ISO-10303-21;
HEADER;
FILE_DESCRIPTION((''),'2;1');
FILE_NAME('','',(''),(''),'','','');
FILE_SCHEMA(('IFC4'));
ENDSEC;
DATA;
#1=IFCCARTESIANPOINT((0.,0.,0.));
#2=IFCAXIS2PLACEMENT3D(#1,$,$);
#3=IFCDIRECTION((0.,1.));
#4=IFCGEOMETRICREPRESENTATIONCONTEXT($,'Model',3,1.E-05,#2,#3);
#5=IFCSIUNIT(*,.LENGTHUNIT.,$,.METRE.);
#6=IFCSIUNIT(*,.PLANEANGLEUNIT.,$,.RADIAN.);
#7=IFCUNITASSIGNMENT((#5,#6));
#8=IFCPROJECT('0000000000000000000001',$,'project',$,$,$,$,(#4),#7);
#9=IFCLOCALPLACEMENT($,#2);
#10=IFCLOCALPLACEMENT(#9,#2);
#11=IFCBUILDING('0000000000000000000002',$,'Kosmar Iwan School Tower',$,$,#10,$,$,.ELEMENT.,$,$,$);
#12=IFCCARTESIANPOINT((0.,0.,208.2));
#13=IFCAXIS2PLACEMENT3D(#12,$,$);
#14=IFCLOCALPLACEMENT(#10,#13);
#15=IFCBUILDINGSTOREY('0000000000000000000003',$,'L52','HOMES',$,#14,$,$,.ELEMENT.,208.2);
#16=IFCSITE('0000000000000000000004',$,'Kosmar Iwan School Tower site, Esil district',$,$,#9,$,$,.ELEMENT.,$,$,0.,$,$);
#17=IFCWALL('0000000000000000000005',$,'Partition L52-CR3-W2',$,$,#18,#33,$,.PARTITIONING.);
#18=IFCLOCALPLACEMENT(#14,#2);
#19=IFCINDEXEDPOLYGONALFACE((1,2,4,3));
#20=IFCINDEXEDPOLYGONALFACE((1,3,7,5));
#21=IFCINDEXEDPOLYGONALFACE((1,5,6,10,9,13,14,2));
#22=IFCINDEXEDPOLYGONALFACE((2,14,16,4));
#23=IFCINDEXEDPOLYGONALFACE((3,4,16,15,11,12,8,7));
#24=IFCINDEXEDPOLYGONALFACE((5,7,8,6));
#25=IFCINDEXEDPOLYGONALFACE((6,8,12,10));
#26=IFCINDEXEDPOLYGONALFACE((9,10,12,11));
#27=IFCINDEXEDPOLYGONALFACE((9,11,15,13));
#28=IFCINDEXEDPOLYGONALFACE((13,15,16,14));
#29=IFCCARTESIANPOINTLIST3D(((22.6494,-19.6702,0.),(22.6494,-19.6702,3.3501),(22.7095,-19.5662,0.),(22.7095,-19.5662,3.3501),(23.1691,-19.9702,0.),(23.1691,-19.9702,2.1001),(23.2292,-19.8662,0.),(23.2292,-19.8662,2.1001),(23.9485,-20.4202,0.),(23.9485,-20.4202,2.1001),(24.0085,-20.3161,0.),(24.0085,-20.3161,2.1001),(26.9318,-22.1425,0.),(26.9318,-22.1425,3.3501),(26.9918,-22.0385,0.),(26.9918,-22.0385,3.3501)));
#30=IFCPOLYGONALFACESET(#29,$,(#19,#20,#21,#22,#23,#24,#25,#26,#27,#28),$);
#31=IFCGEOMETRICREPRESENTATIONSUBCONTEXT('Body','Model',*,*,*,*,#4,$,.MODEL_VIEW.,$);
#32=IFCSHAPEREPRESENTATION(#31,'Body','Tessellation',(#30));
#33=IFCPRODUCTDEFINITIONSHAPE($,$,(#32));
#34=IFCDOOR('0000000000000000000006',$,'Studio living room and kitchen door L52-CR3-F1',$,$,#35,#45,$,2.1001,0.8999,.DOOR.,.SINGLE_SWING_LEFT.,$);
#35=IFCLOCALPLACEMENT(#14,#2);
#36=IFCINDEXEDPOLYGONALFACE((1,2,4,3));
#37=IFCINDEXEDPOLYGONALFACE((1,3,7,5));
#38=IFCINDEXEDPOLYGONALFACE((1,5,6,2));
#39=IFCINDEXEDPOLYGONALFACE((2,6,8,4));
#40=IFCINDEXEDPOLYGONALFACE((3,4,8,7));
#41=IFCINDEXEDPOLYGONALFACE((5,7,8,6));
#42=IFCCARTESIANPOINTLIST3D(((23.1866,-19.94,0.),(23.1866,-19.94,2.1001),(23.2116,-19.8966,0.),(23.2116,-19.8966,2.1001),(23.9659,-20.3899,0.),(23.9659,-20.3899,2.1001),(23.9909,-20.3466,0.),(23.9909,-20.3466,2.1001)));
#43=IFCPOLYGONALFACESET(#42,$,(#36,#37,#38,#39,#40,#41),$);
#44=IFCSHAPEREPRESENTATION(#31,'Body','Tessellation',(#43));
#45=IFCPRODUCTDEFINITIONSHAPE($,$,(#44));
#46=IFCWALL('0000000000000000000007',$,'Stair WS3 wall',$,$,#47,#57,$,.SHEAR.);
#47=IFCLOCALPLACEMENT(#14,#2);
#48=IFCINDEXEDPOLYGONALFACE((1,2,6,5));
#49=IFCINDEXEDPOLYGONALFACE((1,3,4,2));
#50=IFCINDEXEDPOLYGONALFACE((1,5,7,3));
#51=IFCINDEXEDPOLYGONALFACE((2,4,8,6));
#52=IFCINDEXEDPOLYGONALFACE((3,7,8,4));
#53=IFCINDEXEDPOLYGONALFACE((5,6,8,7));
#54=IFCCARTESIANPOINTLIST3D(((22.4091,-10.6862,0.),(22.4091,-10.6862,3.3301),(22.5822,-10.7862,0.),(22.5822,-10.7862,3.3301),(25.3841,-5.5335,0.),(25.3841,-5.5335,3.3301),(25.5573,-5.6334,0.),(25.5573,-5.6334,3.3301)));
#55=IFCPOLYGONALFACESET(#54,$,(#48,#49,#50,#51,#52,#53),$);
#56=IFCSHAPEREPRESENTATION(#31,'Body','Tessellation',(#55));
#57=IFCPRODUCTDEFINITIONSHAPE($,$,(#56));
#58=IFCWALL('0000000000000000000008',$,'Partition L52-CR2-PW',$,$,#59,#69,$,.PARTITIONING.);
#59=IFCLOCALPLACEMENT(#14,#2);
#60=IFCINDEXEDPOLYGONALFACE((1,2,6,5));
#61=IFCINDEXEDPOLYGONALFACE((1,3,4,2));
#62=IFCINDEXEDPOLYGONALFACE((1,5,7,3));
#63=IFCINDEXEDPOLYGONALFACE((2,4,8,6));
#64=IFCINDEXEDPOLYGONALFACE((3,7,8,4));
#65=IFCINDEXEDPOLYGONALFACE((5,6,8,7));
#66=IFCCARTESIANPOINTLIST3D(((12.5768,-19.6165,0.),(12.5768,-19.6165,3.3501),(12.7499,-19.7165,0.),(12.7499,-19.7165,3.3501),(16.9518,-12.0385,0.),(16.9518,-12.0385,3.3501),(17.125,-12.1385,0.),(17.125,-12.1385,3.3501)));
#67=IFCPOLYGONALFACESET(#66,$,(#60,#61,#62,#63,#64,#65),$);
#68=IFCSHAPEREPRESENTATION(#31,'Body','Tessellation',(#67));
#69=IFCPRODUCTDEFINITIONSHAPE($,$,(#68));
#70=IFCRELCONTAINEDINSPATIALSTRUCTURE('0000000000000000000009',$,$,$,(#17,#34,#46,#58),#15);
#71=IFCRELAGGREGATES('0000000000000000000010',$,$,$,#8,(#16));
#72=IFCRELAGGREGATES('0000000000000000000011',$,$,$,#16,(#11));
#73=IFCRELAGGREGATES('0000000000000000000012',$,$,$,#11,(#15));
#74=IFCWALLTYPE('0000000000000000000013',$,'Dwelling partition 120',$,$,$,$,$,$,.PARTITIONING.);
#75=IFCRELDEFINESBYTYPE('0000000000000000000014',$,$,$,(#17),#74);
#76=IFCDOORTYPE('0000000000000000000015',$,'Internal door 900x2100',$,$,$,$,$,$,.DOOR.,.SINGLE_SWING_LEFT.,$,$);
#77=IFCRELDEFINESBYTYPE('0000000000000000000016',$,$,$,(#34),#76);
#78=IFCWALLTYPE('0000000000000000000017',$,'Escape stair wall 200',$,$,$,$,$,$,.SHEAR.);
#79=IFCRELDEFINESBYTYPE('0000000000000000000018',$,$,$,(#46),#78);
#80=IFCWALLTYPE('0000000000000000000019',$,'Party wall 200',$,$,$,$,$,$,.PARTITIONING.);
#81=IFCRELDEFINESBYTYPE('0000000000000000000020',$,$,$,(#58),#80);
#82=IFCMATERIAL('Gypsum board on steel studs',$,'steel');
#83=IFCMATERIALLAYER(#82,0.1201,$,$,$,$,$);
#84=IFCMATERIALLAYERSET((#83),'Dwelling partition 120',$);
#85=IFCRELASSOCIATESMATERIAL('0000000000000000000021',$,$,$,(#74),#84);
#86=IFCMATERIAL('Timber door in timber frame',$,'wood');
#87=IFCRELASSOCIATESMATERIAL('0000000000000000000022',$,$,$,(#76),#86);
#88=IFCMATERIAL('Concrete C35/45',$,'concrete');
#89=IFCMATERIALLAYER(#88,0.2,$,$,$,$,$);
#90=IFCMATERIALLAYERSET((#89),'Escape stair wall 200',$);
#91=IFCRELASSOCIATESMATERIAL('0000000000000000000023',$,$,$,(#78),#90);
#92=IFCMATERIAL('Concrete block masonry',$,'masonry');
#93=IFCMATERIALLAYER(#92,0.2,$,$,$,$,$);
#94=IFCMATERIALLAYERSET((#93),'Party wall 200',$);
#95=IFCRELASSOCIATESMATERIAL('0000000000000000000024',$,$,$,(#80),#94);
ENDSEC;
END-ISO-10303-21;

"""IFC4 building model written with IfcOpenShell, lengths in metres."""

from ifc_helpers import new_model, si_unit, direction, frame, frame_2d, origin, place, context, subcontext, project, spatial, rectangle, extrude, material, layer, layer_set, type_object, element, fill, save


model = new_model("IFC4")

# Units and contexts
model_context = context("Model", 3, precision=1e-05, world=origin(), true_north=direction((0.0, 1.0)))
body_context = subcontext(model_context, "Body", "Model", "MODEL_VIEW")
ifc_project = project(units=[si_unit("LENGTHUNIT", "METRE"), si_unit("PLANEANGLEUNIT", "RADIAN")], contexts=[model_context])

# Site, building, storey
site_placement = place(None, origin())
site = spatial("IfcSite", under=ifc_project, at=site_placement, Name="Kosmar Iwan School Tower site, Esil district", CompositionType="ELEMENT", RefElevation=0.0)
building_placement = place(site_placement, origin())
building = spatial("IfcBuilding", under=site, at=building_placement, Name="Kosmar Iwan School Tower", CompositionType="ELEMENT")
storey_placement = place(building_placement, frame((0.0, 0.0, 208.2)))
storey = spatial("IfcBuildingStorey", under=building, at=storey_placement, Name="L52", Description="HOMES", CompositionType="ELEMENT", Elevation=208.2)

# Shared definitions
ifc_material_1 = material(Name="Gypsum board on steel studs", Category="steel")
ifc_layer_1 = layer(ifc_material_1, 0.1201)
ifc_layer_set_1 = layer_set([ifc_layer_1], Name="Dwelling partition 120")
wall_type_1 = type_object("IfcWallType", Name="Dwelling partition 120", PredefinedType="PARTITIONING", material=ifc_layer_set_1)

# Shared definitions
ifc_material_2 = material(Name="Timber door in timber frame", Category="wood")
door_type_1 = type_object("IfcDoorType", Name="Internal door 900x2100", OperationType="SINGLE_SWING_LEFT", PredefinedType="DOOR", material=ifc_material_2)

# Wall, opening, door
wall_1_placement = place(storey_placement, frame((22.6794, -19.6182, 0.0), z_axis=(0.0, 0.0, 1.0), x_axis=(0.866032, -0.499989, 0.0)))
wall_1 = element("IfcWall", 1, at=wall_1_placement, inside=storey, type_object=wall_type_1, Name="Partition L52-CR3-W2", PredefinedType="PARTITIONING", context=body_context, shape_type="SweptSolid", body=[
    extrude(rectangle(XDim=4.9448, YDim=0.1201, at=frame_2d((2.4724, 0.0))), origin(), (0.0, 0.0, 1.0), 3.3501),
])
opening_1_placement = place(wall_1_placement, frame((0.6001, 0.0, 0.0)))
opening_1 = element("IfcOpeningElement", 2, at=opening_1_placement, cuts=wall_1, PredefinedType="OPENING", context=body_context, shape_type="SweptSolid", body=[
    extrude(rectangle(XDim=0.8999, YDim=2.1001, at=frame_2d((0.45, 1.05))), frame((0.0, 0.072, 0.0), z_axis=(0.0, -1.0, 0.0), x_axis=(1.0, 0.0, 0.0)), (0.0, 0.0, 1.0), 0.144),
])
door_1_placement = place(opening_1_placement, origin())
door_1 = element("IfcDoor", 3, at=door_1_placement, inside=storey, type_object=door_type_1, Name="Studio living room and kitchen door L52-CR3-F1", OperationType="SINGLE_SWING_LEFT", OverallHeight=2.1001, OverallWidth=0.8999, PredefinedType="DOOR", context=body_context, shape_type="SweptSolid", body=[
    extrude(rectangle(XDim=0.8999, YDim=2.1001, at=frame_2d((0.45, 1.05))), frame((0.0, 0.0249, 0.0), z_axis=(0.0, -1.0, 0.0), x_axis=(1.0, 0.0, 0.0)), (0.0, 0.0, 1.0), 0.05),
])
fill(opening_1, door_1)

# Walls
ifc_material_3 = material(Name="Concrete C35/45", Category="concrete")
ifc_layer_2 = layer(ifc_material_3, 0.2)
ifc_layer_set_2 = layer_set([ifc_layer_2], Name="Escape stair wall 200")
wall_type_2 = type_object("IfcWallType", Name="Escape stair wall 200", PredefinedType="SHEAR", material=ifc_layer_set_2)
wall_2_placement = place(storey_placement, frame((22.4956, -10.7363, 0.0), z_axis=(0.0, 0.0, 1.0), x_axis=(0.500014, 0.866017, 0.0)))
element("IfcWall", 4, at=wall_2_placement, inside=storey, type_object=wall_type_2, Name="Stair WS3 wall", PredefinedType="SHEAR", context=body_context, shape_type="SweptSolid", body=[
    extrude(rectangle(XDim=5.95, YDim=0.2, at=frame_2d((2.9751, 0.0))), origin(), (0.0, 0.0, 1.0), 3.3301),
])
ifc_material_4 = material(Name="Concrete block masonry", Category="masonry")
ifc_layer_3 = layer(ifc_material_4, 0.2)
ifc_layer_set_3 = layer_set([ifc_layer_3], Name="Party wall 200")
wall_type_3 = type_object("IfcWallType", Name="Party wall 200", PredefinedType="PARTITIONING", material=ifc_layer_set_3)
wall_3_placement = place(storey_placement, frame((17.0383, -12.0886, 0.0), z_axis=(0.0, 0.0, 1.0), x_axis=(-0.499992, -0.86603, 0.0)))
element("IfcWall", 5, at=wall_3_placement, inside=storey, type_object=wall_type_3, Name="Partition L52-CR2-PW", PredefinedType="PARTITIONING", context=body_context, shape_type="SweptSolid", body=[
    extrude(rectangle(XDim=8.7502, YDim=0.2, at=frame_2d((4.375, 0.0))), origin(), (0.0, 0.0, 1.0), 3.3501),
])

save(model, "model.ifc")
